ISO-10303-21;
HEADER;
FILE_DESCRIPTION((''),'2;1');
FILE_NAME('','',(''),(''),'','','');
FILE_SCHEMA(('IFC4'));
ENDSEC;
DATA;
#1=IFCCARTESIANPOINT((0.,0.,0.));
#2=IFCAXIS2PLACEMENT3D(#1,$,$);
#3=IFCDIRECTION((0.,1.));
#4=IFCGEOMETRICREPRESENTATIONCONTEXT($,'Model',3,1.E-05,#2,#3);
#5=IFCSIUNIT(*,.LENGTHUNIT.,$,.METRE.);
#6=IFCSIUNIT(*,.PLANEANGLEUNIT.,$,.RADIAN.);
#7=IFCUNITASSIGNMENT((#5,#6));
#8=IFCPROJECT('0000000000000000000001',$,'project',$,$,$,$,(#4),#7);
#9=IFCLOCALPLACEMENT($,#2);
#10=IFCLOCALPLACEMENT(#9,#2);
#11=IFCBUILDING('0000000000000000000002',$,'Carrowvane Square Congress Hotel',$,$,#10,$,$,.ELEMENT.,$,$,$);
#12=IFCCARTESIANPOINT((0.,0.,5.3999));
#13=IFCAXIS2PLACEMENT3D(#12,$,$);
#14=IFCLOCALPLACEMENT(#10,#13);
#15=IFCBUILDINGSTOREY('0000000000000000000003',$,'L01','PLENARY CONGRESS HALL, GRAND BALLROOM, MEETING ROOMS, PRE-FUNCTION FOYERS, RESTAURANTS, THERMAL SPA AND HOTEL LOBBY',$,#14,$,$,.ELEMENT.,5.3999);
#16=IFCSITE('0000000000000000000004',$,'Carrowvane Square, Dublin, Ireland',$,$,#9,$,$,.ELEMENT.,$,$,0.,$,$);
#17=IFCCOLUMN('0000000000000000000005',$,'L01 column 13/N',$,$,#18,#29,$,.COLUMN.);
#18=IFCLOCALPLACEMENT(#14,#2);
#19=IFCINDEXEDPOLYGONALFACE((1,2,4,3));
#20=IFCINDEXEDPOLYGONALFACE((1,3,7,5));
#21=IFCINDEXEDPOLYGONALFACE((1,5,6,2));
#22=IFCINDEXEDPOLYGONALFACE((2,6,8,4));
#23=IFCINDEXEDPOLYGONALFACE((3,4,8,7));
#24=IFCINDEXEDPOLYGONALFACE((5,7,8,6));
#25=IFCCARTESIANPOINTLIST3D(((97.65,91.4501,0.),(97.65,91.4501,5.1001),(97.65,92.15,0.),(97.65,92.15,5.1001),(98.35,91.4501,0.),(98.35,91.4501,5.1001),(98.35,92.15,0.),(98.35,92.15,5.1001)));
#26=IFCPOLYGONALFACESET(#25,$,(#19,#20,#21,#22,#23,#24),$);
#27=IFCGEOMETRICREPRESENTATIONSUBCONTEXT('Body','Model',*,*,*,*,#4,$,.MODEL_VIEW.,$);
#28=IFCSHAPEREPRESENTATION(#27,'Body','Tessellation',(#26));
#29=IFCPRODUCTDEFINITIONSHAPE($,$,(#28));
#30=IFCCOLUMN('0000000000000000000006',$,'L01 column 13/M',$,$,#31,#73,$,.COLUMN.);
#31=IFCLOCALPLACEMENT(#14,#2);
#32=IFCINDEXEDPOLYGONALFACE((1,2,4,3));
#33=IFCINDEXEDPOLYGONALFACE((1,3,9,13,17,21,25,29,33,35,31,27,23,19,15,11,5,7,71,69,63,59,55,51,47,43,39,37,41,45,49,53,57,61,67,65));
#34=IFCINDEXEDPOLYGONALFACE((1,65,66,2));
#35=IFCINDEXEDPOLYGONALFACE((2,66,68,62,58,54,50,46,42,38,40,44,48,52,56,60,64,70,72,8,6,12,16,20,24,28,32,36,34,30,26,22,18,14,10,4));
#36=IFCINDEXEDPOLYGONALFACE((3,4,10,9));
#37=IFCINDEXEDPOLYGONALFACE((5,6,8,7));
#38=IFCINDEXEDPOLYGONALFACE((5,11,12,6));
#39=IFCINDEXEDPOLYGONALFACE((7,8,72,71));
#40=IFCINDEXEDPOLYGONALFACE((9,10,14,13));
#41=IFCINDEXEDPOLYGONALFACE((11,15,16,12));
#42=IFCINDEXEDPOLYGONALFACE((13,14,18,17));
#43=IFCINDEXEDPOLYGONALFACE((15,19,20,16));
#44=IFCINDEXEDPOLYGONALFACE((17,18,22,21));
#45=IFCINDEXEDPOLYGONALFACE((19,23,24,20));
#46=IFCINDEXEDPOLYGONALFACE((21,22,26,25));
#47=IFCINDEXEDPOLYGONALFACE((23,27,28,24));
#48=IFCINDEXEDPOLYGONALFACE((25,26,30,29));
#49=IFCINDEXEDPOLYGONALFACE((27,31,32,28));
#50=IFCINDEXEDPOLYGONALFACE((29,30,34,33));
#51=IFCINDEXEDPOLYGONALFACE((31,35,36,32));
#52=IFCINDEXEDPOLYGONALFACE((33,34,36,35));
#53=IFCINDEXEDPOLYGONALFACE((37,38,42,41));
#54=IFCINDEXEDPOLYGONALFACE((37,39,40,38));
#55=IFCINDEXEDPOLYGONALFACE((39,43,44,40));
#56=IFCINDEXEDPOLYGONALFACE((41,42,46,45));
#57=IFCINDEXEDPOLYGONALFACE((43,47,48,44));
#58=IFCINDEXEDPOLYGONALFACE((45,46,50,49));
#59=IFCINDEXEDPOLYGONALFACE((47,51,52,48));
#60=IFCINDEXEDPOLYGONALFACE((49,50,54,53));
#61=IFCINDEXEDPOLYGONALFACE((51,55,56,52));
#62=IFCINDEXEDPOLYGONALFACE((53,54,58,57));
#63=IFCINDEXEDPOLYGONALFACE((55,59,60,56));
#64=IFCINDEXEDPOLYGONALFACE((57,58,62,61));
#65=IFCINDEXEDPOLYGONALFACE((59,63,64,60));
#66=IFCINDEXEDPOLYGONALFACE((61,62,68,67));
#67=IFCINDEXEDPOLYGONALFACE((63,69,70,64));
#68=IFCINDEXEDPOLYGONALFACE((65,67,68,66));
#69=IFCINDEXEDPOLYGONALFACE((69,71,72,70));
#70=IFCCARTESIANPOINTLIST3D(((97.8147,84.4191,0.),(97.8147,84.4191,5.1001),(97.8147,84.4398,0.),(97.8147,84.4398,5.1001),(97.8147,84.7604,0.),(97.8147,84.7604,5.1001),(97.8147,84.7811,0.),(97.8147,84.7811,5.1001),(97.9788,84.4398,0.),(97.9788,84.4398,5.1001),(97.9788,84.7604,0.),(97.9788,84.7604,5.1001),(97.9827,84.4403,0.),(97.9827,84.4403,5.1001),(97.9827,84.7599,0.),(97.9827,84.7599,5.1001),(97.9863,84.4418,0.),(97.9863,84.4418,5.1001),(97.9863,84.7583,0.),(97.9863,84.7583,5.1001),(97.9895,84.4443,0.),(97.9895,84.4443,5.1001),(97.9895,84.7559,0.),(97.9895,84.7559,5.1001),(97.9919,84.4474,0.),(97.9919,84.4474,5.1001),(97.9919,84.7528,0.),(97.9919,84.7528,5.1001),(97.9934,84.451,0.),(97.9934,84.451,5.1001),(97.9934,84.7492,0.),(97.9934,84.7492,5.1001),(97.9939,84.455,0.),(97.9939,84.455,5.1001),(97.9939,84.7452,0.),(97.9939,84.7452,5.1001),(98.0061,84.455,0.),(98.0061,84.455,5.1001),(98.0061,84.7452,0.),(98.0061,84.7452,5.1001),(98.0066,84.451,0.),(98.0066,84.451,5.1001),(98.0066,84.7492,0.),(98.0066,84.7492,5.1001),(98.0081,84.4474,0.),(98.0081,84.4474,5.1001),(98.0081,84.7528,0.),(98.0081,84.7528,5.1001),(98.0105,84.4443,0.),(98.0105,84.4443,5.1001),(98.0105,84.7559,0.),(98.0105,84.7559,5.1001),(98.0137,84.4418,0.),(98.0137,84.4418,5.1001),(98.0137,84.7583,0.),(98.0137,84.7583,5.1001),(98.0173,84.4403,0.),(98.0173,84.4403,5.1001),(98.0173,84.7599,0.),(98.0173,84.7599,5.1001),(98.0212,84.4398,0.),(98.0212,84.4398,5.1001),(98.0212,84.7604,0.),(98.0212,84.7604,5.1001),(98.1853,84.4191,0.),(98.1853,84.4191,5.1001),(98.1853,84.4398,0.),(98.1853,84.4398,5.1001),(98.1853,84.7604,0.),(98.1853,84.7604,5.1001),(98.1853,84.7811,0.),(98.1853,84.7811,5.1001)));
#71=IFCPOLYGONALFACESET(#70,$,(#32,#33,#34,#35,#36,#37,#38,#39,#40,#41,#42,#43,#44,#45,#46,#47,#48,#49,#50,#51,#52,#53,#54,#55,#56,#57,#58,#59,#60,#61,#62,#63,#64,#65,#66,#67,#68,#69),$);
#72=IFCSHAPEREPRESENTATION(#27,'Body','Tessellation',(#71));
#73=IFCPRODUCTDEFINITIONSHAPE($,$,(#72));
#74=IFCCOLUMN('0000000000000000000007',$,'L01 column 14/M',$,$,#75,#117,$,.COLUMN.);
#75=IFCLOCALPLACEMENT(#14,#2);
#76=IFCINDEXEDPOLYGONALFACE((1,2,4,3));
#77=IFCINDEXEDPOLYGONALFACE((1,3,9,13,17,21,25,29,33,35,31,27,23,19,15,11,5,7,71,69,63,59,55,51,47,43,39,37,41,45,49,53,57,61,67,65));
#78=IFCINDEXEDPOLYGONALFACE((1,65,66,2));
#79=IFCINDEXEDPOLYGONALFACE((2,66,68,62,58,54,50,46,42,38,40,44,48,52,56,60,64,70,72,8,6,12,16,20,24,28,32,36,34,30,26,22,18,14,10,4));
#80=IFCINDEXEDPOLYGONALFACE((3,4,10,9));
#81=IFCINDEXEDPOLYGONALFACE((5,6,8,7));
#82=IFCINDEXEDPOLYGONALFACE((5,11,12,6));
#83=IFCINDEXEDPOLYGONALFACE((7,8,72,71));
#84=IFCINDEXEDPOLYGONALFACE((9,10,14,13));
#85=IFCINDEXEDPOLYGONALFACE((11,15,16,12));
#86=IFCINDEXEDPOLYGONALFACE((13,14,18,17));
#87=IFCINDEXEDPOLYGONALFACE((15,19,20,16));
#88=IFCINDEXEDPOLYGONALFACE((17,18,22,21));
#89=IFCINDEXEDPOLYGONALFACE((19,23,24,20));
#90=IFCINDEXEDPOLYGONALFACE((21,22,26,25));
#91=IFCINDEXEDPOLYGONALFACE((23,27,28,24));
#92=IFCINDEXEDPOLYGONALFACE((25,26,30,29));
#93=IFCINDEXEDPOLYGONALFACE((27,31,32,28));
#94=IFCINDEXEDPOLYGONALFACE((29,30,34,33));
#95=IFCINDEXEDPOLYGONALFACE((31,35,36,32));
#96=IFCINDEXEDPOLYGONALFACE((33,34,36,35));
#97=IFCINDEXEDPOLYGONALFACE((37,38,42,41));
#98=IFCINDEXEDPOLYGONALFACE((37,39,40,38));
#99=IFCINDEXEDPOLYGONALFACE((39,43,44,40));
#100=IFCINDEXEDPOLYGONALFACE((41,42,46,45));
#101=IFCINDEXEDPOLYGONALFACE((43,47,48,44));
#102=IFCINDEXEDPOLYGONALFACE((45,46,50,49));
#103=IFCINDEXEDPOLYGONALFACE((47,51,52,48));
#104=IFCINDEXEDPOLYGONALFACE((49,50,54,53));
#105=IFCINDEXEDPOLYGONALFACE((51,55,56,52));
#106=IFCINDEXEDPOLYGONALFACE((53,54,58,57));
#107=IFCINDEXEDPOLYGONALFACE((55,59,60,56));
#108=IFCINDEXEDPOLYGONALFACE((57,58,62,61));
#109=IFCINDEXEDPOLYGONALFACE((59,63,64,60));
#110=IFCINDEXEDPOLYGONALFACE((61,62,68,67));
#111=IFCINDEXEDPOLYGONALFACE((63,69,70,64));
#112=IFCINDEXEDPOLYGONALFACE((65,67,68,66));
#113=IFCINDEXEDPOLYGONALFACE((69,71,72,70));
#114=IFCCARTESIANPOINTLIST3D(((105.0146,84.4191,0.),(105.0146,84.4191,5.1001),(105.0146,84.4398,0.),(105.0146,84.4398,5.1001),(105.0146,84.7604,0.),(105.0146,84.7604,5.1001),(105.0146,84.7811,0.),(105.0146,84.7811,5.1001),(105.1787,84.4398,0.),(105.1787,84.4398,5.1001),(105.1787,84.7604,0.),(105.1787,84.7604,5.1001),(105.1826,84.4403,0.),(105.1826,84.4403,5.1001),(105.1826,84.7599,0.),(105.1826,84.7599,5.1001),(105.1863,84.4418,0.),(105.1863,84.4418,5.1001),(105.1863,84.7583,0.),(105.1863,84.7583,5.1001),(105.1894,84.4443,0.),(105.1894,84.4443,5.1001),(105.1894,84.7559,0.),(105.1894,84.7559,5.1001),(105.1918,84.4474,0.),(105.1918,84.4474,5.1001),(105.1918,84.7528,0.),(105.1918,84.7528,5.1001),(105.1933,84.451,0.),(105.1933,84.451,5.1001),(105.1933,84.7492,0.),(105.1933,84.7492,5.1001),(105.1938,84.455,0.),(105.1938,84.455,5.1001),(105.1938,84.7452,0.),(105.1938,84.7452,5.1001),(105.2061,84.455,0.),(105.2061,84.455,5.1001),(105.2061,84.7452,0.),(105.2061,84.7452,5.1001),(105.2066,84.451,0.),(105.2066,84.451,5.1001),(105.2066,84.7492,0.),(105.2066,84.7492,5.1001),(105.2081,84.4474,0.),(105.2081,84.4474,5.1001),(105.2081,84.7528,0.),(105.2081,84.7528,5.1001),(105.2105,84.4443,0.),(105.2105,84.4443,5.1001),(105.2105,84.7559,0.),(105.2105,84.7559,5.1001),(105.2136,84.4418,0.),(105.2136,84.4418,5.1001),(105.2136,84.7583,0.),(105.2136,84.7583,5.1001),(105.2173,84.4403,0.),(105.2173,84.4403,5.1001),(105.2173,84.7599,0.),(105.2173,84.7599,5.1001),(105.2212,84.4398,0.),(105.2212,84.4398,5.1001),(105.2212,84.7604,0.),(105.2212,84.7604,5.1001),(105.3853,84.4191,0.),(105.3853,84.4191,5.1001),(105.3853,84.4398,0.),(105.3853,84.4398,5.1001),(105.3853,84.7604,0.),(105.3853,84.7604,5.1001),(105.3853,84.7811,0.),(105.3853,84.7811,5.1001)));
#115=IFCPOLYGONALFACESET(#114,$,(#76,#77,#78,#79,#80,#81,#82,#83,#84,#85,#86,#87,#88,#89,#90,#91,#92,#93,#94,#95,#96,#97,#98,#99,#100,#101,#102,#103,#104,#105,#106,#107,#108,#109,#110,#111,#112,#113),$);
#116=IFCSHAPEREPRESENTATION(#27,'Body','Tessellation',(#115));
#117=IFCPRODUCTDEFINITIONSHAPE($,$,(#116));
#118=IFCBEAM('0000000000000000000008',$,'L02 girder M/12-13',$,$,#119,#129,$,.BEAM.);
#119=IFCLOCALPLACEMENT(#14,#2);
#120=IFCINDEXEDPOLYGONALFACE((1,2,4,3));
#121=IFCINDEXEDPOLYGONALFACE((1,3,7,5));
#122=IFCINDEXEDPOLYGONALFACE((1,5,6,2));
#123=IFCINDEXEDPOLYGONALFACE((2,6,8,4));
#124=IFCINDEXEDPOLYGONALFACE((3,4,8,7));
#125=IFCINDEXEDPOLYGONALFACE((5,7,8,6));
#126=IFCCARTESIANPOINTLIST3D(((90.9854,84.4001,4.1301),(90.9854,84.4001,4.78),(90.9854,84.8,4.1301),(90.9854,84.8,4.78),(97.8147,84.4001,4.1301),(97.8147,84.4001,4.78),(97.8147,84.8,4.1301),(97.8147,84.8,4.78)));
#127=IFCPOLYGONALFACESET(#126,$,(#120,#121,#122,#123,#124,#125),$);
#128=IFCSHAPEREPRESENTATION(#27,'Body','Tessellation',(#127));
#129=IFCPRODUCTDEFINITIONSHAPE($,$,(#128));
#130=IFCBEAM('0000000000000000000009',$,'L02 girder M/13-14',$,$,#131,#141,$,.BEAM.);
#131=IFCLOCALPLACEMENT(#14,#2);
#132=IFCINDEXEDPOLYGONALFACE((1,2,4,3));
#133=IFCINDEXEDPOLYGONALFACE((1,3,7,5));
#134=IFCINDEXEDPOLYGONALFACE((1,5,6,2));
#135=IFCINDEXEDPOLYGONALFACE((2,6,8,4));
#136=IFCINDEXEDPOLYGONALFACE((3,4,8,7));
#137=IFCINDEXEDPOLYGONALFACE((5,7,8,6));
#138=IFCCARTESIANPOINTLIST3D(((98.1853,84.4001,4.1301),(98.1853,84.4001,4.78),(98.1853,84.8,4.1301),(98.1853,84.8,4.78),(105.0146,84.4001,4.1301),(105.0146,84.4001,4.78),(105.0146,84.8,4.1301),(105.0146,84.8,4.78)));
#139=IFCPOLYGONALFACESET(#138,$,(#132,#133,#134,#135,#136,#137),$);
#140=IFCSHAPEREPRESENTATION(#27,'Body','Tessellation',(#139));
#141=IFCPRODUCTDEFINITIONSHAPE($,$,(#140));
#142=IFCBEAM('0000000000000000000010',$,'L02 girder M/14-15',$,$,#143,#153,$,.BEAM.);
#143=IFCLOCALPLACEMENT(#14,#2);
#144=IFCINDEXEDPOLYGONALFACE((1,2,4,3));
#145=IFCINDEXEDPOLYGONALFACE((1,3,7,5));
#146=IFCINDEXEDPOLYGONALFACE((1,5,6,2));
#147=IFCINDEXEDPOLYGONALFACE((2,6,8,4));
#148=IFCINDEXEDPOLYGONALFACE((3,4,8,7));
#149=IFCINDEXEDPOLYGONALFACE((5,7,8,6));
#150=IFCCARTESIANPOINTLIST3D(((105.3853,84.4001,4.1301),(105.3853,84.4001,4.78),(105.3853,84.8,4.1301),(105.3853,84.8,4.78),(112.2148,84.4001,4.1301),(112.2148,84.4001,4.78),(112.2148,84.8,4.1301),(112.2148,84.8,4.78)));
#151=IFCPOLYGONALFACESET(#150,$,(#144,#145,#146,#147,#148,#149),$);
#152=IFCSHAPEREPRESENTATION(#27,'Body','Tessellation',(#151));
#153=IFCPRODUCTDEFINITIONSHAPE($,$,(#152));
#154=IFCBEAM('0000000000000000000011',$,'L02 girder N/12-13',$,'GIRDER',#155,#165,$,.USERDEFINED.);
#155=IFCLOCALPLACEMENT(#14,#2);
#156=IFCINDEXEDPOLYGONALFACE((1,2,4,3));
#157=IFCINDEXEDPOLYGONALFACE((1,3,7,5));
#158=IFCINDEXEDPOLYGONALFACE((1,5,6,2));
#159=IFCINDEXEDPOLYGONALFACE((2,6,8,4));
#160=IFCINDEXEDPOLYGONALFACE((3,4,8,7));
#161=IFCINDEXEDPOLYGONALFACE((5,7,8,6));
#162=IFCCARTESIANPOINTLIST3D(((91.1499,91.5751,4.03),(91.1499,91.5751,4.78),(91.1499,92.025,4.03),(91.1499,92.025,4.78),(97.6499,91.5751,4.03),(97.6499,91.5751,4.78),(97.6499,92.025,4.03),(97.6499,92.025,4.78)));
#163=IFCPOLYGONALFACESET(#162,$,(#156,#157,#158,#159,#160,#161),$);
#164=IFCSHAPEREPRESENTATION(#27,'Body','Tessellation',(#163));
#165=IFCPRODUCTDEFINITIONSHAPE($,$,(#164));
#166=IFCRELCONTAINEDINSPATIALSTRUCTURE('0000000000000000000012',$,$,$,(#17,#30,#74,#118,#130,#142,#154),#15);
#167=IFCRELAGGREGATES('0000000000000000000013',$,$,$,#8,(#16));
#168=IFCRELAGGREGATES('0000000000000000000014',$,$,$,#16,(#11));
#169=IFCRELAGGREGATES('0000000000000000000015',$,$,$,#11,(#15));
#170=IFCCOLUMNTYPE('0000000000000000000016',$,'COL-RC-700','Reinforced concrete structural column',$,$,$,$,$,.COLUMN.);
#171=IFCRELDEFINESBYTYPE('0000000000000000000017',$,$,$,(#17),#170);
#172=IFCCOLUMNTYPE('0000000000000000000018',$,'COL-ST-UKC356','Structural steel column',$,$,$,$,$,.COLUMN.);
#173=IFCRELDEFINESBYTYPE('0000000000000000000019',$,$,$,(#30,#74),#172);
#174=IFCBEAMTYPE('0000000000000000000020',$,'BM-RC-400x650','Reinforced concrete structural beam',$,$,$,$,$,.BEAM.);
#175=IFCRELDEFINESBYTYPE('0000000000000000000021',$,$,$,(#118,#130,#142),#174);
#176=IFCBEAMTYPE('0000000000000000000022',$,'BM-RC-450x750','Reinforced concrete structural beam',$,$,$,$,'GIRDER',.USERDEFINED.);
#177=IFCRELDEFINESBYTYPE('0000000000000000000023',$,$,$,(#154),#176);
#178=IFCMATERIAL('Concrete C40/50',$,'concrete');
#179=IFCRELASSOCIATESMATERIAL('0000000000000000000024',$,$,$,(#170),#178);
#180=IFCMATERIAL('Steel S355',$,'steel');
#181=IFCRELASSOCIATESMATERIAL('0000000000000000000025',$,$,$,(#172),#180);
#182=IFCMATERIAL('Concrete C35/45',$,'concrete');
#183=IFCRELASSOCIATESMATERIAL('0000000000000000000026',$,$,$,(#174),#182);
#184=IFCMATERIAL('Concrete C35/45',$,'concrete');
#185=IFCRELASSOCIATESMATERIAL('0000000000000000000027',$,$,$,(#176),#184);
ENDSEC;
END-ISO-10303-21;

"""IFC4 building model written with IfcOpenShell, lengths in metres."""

from ifc_helpers import new_model, si_unit, direction, frame, origin, origin_2d, place, context, subcontext, project, spatial, rectangle, i_section, extrude, material, material_profile, profile_set, type_object, element, save


model = new_model("IFC4")

# Units and contexts
model_context = context("Model", 3, precision=1e-05, world=origin(), true_north=direction((0.0, 1.0)))
body_context = subcontext(model_context, "Body", "Model", "MODEL_VIEW")
ifc_project = project(units=[si_unit("LENGTHUNIT", "METRE"), si_unit("PLANEANGLEUNIT", "RADIAN")], contexts=[model_context])

# Site, building, storey
site_placement = place(None, origin())
site = spatial("IfcSite", under=ifc_project, at=site_placement, Name="Carrowvane Square, Dublin, Ireland", CompositionType="ELEMENT", RefElevation=0.0)
building_placement = place(site_placement, origin())
building = spatial("IfcBuilding", under=site, at=building_placement, Name="Carrowvane Square Congress Hotel", CompositionType="ELEMENT")
storey_placement = place(building_placement, frame((0.0, 0.0, 5.3999)))
storey = spatial("IfcBuildingStorey", under=building, at=storey_placement, Name="L01", Description="PLENARY CONGRESS HALL, GRAND BALLROOM, MEETING ROOMS, PRE-FUNCTION FOYERS, RESTAURANTS, THERMAL SPA AND HOTEL LOBBY", CompositionType="ELEMENT", Elevation=5.3999)

# Columns
ifc_material_1 = material(Name="Concrete C40/50", Category="concrete")
ifc_material_profile_1 = material_profile(ifc_material_1, rectangle(XDim=0.7, YDim=0.7, at=origin_2d()), Name="RC 700x700")
ifc_profile_set_1 = profile_set([ifc_material_profile_1], Name="Concrete C40/50")
column_type_1 = type_object("IfcColumnType", Name="COL-RC-700", Description="Reinforced concrete structural column", PredefinedType="COLUMN", material=ifc_profile_set_1)
column_placement = place(storey_placement, frame((98.0, 91.8, 0.0), z_axis=(0.0, 0.0, 1.0), x_axis=(1.0, 0.0, 0.0)))
element("IfcColumn", 1, at=column_placement, inside=storey, type_object=column_type_1, Name="L01 column 13/N", PredefinedType="COLUMN", context=body_context, shape_type="SweptSolid", body=[
    extrude(rectangle(XDim=0.7, YDim=0.7, at=origin_2d()), origin(), (0.0, 0.0, 1.0), 5.1001),
])
ifc_material_2 = material(Name="Steel S355", Category="steel")
ifc_material_profile_2 = material_profile(ifc_material_2, i_section(OverallWidth=0.3706, OverallDepth=0.3621, WebThickness=0.0122, FlangeThickness=0.0208, FilletRadius=0.0151, at=origin_2d()), Name="UKC 356x368x153")
ifc_profile_set_2 = profile_set([ifc_material_profile_2], Name="Steel S355")
column_type_2 = type_object("IfcColumnType", Name="COL-ST-UKC356", Description="Structural steel column", PredefinedType="COLUMN", material=ifc_profile_set_2)
for number, where, z_axis, x_axis, name in (
    (2, (98.0, 84.6001, 0.0), (0.0, 0.0, 1.0), (1.0, 0.0, 0.0), "L01 column 13/M"),
    (3, (105.2, 84.6001, 0.0), (0.0, 0.0, 1.0), (1.0, 0.0, 0.0), "L01 column 14/M"),
):
    element("IfcColumn", number, at=place(storey_placement, frame(where, z_axis=z_axis, x_axis=x_axis)), inside=storey, type_object=column_type_2, Name=name, PredefinedType="COLUMN", context=body_context, shape_type="SweptSolid", body=[
        extrude(i_section(OverallWidth=0.3706, OverallDepth=0.3621, WebThickness=0.0122, FlangeThickness=0.0208, FilletRadius=0.0151, at=origin_2d()), origin(), (0.0, 0.0, 1.0), 5.1001),
    ])

# Beams
ifc_material_3 = material(Name="Concrete C35/45", Category="concrete")
ifc_material_profile_3 = material_profile(ifc_material_3, rectangle(XDim=0.3999, YDim=0.6499, at=origin_2d()), Name="RC 400x650")
ifc_profile_set_3 = profile_set([ifc_material_profile_3], Name="Concrete C35/45")
beam_type_1 = type_object("IfcBeamType", Name="BM-RC-400x650", Description="Reinforced concrete structural beam", PredefinedType="BEAM", material=ifc_profile_set_3)
for number, where, z_axis, x_axis, name in (
    (4, (90.9854, 84.6001, 4.4551), (1.0, 0.0, 0.0), (0.0, 1.0, 0.0), "L02 girder M/12-13"),
    (5, (98.1853, 84.6001, 4.4551), (1.0, 0.0, 0.0), (0.0, 1.0, 0.0), "L02 girder M/13-14"),
):
    element("IfcBeam", number, at=place(storey_placement, frame(where, z_axis=z_axis, x_axis=x_axis)), inside=storey, type_object=beam_type_1, Name=name, PredefinedType="BEAM", context=body_context, shape_type="SweptSolid", body=[
        extrude(rectangle(XDim=0.3999, YDim=0.6499, at=origin_2d()), origin(), (0.0, 0.0, 1.0), 6.8293),
    ])
beam_1_placement = place(storey_placement, frame((105.3853, 84.6001, 4.4551), z_axis=(1.0, 0.0, 0.0), x_axis=(0.0, 1.0, 0.0)))
element("IfcBeam", 6, at=beam_1_placement, inside=storey, type_object=beam_type_1, Name="L02 girder M/14-15", PredefinedType="BEAM", context=body_context, shape_type="SweptSolid", body=[
    extrude(rectangle(XDim=0.3999, YDim=0.6499, at=origin_2d()), origin(), (0.0, 0.0, 1.0), 6.8296),
])
ifc_material_4 = material(Name="Concrete C35/45", Category="concrete")
ifc_material_profile_4 = material_profile(ifc_material_4, rectangle(XDim=0.45, YDim=0.75, at=origin_2d()), Name="RC 450x750")
ifc_profile_set_4 = profile_set([ifc_material_profile_4], Name="Concrete C35/45")
beam_type_2 = type_object("IfcBeamType", Name="BM-RC-450x750", Description="Reinforced concrete structural beam", ElementType="GIRDER", PredefinedType="USERDEFINED", material=ifc_profile_set_4)
beam_2_placement = place(storey_placement, frame((91.1499, 91.8, 4.405), z_axis=(1.0, 0.0, 0.0), x_axis=(0.0, 1.0, 0.0)))
element("IfcBeam", 7, at=beam_2_placement, inside=storey, type_object=beam_type_2, Name="L02 girder N/12-13", ObjectType="GIRDER", PredefinedType="USERDEFINED", context=body_context, shape_type="SweptSolid", body=[
    extrude(rectangle(XDim=0.45, YDim=0.75, at=origin_2d()), origin(), (0.0, 0.0, 1.0), 6.5),
])

save(model, "model.ifc")
